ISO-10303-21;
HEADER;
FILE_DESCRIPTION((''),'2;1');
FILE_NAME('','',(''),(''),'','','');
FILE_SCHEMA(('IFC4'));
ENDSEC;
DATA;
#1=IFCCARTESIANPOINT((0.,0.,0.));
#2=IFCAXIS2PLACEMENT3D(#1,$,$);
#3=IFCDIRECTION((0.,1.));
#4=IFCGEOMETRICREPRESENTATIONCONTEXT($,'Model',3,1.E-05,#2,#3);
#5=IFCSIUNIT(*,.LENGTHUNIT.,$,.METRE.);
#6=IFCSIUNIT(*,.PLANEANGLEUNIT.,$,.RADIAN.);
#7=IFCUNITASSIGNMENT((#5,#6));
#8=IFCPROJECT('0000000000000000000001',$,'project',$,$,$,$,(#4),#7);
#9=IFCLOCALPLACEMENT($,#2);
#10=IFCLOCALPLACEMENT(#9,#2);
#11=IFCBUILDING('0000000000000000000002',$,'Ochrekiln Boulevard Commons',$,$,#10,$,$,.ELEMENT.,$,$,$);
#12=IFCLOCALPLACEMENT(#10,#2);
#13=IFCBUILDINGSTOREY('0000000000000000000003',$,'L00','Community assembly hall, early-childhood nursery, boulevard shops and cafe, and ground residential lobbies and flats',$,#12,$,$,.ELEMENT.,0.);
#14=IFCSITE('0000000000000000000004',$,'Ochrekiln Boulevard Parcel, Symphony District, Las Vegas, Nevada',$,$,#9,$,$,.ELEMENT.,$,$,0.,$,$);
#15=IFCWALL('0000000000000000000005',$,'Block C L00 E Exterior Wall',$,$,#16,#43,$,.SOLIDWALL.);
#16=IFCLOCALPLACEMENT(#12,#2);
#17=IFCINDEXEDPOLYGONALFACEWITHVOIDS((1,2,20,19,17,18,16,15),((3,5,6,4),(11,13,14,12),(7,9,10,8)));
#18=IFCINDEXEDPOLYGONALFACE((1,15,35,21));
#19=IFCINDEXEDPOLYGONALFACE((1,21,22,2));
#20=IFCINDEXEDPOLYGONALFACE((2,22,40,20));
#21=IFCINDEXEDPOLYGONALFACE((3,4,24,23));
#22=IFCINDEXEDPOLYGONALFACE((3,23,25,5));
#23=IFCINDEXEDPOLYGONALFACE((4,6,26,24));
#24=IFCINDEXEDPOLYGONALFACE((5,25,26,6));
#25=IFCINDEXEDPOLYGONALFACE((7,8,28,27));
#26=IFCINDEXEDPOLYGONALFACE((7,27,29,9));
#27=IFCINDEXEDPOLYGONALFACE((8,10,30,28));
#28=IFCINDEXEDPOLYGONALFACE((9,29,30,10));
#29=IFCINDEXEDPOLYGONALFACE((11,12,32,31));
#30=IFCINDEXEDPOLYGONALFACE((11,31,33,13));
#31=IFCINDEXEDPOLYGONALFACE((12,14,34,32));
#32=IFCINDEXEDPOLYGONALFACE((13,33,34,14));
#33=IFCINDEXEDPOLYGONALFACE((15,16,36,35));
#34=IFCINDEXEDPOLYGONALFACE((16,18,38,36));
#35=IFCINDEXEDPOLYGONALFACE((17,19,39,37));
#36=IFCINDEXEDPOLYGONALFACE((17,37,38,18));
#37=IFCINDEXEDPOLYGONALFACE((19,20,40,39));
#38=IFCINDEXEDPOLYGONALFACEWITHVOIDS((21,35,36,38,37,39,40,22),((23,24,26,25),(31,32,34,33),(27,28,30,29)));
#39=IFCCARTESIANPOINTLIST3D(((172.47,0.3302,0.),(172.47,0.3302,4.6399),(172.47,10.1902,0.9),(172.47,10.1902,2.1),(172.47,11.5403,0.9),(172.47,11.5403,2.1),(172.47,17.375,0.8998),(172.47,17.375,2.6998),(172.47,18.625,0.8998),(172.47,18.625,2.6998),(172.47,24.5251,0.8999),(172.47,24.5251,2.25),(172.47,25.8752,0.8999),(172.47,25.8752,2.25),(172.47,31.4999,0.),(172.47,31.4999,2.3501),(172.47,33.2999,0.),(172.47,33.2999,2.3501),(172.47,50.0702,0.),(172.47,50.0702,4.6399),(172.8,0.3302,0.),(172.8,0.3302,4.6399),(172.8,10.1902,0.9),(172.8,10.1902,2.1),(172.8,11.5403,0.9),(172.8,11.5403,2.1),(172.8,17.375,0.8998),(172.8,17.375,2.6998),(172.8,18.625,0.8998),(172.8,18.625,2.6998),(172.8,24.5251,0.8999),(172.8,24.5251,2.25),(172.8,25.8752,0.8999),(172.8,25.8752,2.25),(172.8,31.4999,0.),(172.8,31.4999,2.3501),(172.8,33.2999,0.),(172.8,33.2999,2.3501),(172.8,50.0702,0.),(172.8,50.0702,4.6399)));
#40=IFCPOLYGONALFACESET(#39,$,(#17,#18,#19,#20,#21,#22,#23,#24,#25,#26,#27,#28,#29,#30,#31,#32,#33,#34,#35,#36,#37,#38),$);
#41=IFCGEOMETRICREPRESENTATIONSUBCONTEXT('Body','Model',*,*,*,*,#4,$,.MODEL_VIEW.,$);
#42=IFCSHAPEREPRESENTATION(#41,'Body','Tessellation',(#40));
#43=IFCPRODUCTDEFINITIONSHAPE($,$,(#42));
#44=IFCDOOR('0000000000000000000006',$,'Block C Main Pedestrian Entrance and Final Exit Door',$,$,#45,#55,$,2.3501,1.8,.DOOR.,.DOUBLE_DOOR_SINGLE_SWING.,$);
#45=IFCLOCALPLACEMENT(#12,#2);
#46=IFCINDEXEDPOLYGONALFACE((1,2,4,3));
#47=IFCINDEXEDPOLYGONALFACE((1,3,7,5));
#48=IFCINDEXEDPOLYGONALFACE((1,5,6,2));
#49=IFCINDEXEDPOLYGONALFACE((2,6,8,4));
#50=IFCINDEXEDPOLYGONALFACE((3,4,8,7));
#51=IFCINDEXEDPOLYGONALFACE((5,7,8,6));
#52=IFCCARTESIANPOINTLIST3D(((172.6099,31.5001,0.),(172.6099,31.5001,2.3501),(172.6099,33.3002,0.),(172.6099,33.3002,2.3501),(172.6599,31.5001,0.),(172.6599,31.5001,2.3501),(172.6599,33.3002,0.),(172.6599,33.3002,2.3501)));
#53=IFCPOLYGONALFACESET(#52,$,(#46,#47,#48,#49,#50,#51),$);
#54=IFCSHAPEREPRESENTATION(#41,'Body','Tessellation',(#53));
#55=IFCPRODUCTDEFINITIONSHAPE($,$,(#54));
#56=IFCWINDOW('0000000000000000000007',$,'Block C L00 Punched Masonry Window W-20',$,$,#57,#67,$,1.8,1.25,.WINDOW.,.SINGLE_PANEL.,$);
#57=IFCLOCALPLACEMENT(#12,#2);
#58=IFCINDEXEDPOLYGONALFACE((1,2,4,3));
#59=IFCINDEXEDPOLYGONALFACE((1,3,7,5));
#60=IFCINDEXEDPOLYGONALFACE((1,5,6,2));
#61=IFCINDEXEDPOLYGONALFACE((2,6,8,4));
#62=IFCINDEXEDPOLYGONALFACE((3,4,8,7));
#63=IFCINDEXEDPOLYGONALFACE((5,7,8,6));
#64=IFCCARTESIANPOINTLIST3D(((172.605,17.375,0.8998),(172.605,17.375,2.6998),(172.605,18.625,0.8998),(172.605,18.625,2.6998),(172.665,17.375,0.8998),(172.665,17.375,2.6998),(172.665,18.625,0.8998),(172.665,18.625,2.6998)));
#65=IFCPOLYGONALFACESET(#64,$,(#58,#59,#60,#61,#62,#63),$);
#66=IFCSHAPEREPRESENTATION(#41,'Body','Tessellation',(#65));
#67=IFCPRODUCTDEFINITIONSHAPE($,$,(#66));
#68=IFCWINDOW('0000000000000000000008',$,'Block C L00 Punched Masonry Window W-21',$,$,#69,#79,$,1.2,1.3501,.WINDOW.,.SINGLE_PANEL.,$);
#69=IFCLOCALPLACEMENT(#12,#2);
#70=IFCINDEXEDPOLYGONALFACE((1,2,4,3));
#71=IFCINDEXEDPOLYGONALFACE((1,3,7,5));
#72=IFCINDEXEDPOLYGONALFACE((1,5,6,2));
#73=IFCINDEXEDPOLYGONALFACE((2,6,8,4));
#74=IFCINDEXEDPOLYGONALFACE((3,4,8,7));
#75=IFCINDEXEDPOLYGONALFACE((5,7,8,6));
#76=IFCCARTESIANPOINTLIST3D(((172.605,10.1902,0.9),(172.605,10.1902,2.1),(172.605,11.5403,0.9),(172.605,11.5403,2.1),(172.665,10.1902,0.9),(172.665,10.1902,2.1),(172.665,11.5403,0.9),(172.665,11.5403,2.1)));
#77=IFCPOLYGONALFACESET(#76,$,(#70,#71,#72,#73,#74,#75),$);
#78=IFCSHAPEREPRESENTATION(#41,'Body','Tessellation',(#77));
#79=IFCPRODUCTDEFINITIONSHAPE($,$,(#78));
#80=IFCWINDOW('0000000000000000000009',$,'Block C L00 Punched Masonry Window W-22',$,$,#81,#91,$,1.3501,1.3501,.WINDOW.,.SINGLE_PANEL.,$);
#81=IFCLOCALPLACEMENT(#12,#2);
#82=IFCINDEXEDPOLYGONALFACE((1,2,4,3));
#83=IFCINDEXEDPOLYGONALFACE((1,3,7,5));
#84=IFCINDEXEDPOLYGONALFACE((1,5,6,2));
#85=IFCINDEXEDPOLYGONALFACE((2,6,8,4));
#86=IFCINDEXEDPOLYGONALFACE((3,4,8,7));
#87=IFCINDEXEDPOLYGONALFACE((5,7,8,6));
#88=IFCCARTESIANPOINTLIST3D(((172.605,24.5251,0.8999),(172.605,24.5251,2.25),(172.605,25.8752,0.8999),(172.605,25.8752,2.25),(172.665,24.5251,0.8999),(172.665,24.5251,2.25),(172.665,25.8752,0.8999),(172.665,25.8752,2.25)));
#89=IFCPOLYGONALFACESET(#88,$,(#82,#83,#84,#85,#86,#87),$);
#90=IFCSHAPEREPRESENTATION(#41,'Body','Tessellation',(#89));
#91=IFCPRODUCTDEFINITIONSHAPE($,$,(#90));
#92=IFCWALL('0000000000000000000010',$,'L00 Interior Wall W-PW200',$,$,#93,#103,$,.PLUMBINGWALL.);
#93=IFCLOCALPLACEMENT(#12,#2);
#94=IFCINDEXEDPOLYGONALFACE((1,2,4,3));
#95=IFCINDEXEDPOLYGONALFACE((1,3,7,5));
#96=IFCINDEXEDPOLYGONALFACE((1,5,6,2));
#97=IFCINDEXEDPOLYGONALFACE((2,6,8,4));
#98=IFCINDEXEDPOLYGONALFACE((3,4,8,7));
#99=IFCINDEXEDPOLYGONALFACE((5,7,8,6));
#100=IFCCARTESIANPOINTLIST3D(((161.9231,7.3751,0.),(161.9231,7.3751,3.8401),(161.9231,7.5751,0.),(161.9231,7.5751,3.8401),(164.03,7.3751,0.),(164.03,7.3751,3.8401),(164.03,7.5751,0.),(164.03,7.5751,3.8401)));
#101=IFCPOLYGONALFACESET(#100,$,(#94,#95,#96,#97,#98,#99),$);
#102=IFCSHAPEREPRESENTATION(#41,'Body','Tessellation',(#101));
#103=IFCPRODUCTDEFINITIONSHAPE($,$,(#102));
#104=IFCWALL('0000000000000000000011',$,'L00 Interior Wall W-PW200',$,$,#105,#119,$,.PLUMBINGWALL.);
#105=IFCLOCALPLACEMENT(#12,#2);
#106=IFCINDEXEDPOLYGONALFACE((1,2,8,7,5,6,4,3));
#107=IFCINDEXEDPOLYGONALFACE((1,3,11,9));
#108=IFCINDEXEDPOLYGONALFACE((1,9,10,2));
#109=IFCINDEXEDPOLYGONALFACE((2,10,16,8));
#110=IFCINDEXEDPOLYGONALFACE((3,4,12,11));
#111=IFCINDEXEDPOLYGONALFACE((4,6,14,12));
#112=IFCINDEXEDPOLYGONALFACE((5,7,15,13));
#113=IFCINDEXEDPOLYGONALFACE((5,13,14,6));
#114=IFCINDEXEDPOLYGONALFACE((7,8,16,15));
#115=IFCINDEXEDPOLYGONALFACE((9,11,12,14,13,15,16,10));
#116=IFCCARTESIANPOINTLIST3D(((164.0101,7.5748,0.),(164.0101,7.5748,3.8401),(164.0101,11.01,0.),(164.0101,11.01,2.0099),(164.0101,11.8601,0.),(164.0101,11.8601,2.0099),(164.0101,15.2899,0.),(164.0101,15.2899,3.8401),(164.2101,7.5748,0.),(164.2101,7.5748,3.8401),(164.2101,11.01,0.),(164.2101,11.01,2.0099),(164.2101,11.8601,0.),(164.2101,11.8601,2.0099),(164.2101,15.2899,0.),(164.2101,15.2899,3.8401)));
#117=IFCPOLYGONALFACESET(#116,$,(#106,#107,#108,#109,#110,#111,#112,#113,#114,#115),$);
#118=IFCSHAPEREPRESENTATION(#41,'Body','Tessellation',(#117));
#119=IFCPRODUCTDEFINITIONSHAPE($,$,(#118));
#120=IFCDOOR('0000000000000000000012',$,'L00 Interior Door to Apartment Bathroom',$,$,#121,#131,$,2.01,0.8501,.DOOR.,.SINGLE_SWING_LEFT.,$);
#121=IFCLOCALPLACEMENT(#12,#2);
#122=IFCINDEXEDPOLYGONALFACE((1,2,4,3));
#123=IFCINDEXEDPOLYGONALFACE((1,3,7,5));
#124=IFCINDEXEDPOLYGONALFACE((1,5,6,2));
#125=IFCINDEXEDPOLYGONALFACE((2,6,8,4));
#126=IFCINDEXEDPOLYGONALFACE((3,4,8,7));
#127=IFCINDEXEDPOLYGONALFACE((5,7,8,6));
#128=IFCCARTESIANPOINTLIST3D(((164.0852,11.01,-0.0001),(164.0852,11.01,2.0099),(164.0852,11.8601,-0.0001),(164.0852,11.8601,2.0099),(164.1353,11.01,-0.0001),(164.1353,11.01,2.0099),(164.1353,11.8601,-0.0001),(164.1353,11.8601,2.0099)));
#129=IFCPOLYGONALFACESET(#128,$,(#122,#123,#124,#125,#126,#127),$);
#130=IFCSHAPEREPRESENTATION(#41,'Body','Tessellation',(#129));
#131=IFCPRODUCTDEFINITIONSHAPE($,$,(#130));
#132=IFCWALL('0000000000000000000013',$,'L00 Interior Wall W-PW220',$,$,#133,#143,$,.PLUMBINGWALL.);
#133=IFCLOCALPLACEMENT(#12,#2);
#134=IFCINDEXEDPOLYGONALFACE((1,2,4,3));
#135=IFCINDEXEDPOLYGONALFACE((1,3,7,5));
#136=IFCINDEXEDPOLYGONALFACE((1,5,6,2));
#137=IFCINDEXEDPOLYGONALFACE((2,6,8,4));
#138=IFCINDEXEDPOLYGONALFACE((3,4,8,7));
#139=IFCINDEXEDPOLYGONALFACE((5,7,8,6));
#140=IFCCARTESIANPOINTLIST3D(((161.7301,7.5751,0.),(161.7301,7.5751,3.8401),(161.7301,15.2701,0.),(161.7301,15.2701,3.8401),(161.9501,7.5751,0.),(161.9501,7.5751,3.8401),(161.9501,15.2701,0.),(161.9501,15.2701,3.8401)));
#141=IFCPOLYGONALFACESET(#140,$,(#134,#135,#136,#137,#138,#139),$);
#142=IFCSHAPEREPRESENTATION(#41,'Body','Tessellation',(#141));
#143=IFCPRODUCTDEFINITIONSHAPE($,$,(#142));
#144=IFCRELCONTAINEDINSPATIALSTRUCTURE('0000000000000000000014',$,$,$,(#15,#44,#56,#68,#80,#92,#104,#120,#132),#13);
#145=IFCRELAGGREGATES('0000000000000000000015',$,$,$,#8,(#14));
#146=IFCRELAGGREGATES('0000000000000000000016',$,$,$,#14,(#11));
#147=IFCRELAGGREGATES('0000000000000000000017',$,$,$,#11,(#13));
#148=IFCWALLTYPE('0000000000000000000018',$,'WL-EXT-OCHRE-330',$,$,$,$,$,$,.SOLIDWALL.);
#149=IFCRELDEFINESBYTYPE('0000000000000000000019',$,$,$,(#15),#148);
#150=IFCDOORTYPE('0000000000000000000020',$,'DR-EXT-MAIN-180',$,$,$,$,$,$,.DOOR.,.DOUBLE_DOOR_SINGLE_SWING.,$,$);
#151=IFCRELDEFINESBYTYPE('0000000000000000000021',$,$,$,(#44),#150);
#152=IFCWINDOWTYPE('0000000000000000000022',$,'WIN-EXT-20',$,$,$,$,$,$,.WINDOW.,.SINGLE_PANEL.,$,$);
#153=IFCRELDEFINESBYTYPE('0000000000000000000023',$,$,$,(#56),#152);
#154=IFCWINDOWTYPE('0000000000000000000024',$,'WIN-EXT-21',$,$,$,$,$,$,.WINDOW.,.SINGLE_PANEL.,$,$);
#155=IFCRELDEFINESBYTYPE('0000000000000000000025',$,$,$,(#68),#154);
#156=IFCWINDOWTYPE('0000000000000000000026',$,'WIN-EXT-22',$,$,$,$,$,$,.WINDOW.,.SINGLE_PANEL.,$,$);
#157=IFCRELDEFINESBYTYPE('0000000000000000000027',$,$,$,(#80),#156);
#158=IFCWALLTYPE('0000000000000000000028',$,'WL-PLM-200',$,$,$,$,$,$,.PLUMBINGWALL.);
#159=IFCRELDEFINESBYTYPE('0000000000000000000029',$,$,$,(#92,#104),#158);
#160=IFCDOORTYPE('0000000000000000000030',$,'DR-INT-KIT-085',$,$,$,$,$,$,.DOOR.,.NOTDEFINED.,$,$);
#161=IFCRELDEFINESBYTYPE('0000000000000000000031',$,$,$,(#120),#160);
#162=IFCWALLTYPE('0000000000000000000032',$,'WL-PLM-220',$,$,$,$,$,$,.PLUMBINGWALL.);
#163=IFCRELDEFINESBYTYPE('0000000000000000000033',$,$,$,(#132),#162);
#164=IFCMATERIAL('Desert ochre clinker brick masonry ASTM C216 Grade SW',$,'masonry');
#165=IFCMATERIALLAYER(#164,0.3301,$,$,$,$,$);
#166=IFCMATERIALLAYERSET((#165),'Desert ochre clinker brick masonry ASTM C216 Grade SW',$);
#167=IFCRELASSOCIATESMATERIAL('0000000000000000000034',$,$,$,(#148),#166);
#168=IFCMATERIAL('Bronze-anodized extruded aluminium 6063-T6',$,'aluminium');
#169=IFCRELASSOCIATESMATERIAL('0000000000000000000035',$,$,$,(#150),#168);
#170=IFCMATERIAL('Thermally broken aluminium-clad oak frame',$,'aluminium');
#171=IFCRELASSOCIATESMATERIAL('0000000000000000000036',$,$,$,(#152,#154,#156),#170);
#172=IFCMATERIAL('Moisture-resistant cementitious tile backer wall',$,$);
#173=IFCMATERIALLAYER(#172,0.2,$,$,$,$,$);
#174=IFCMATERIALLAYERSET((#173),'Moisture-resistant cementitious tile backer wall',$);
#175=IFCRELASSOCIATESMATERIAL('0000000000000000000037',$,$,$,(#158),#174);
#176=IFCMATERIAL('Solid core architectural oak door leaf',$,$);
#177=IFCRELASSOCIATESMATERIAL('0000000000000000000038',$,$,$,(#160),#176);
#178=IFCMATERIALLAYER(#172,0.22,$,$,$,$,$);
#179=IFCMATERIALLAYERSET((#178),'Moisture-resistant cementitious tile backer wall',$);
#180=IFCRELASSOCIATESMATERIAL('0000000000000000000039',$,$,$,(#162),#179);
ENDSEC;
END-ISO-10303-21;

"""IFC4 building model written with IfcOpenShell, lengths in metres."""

from ifc_helpers import new_model, si_unit, direction, frame, frame_2d, origin, place, context, subcontext, project, spatial, rectangle, extrude, material, layer, layer_set, type_object, element, fill, save


model = new_model("IFC4")

# Units and contexts
model_context = context("Model", 3, precision=1e-05, world=origin(), true_north=direction((0.0, 1.0)))
body_context = subcontext(model_context, "Body", "Model", "MODEL_VIEW")
ifc_project = project(units=[si_unit("LENGTHUNIT", "METRE"), si_unit("PLANEANGLEUNIT", "RADIAN")], contexts=[model_context])

# Site, building, storey
site_placement = place(None, origin())
site = spatial("IfcSite", under=ifc_project, at=site_placement, Name="Ochrekiln Boulevard Parcel, Symphony District, Las Vegas, Nevada", CompositionType="ELEMENT", RefElevation=0.0)
building_placement = place(site_placement, origin())
building = spatial("IfcBuilding", under=site, at=building_placement, Name="Ochrekiln Boulevard Commons", CompositionType="ELEMENT")
storey_placement = place(building_placement, origin())
storey = spatial("IfcBuildingStorey", under=building, at=storey_placement, Name="L00", Description="Community assembly hall, early-childhood nursery, boulevard shops and cafe, and ground residential lobbies and flats", CompositionType="ELEMENT", Elevation=0.0)

# Wall, openings, door, windows
ifc_material_1 = material(Name="Desert ochre clinker brick masonry ASTM C216 Grade SW", Category="masonry")
ifc_layer_1 = layer(ifc_material_1, 0.3301)
ifc_layer_set_1 = layer_set([ifc_layer_1], Name="Desert ochre clinker brick masonry ASTM C216 Grade SW")
wall_type_1 = type_object("IfcWallType", Name="WL-EXT-OCHRE-330", PredefinedType="SOLIDWALL", material=ifc_layer_set_1)
wall_1_placement = place(storey_placement, frame((172.635, 0.3301, 0.0), z_axis=(0.0, 0.0, 1.0), x_axis=(0.0, 1.0, 0.0)))
wall_1 = element("IfcWall", 1, at=wall_1_placement, inside=storey, type_object=wall_type_1, Name="Block C L00 E Exterior Wall", PredefinedType="SOLIDWALL", context=body_context, shape_type="SweptSolid", body=[
    extrude(rectangle(XDim=49.74, YDim=0.3301, at=frame_2d((24.8701, 0.0))), origin(), (0.0, 0.0, 1.0), 4.6399),
])
opening_1_placement = place(wall_1_placement, frame((31.1699, 0.0, 0.0)))
opening_1 = element("IfcOpeningElement", 2, at=opening_1_placement, cuts=wall_1, PredefinedType="OPENING", context=body_context, shape_type="SweptSolid", body=[
    extrude(rectangle(XDim=1.8, YDim=2.3501, at=frame_2d((0.8999, 1.175))), frame((0.0, 0.175, 0.0), z_axis=(0.0, -1.0, 0.0), x_axis=(1.0, 0.0, 0.0)), (0.0, 0.0, 1.0), 0.3501),
])
opening_2_placement = place(wall_1_placement, frame((17.0449, 0.0, 0.8999)))
opening_2 = element("IfcOpeningElement", 3, at=opening_2_placement, cuts=wall_1, PredefinedType="OPENING", context=body_context, shape_type="SweptSolid", body=[
    extrude(rectangle(XDim=1.25, YDim=1.8, at=frame_2d((0.625, 0.8999))), frame((0.0, 0.175, 0.0), z_axis=(0.0, -1.0, 0.0), x_axis=(1.0, 0.0, 0.0)), (0.0, 0.0, 1.0), 0.3501),
])
opening_3_placement = place(wall_1_placement, frame((9.8601, 0.0, 0.8999)))
opening_3 = element("IfcOpeningElement", 4, at=opening_3_placement, cuts=wall_1, PredefinedType="OPENING", context=body_context, shape_type="SweptSolid", body=[
    extrude(rectangle(XDim=1.3501, YDim=1.2, at=frame_2d((0.675, 0.6001))), frame((0.0, 0.175, 0.0), z_axis=(0.0, -1.0, 0.0), x_axis=(1.0, 0.0, 0.0)), (0.0, 0.0, 1.0), 0.3501),
])
opening_4_placement = place(wall_1_placement, frame((24.1951, 0.0, 0.8999)))
opening_4 = element("IfcOpeningElement", 5, at=opening_4_placement, cuts=wall_1, PredefinedType="OPENING", context=body_context, shape_type="SweptSolid", body=[
    extrude(rectangle(XDim=1.3501, YDim=1.3501, at=frame_2d((0.675, 0.675))), frame((0.0, 0.175, 0.0), z_axis=(0.0, -1.0, 0.0), x_axis=(1.0, 0.0, 0.0)), (0.0, 0.0, 1.0), 0.3501),
])
ifc_material_2 = material(Name="Bronze-anodized extruded aluminium 6063-T6", Category="aluminium")
door_type_1 = type_object("IfcDoorType", Name="DR-EXT-MAIN-180", OperationType="DOUBLE_DOOR_SINGLE_SWING", PredefinedType="DOOR", material=ifc_material_2)
door_1_placement = place(opening_1_placement, frame((1.8, 0.0, 0.0), z_axis=(0.0, 0.0, 1.0), x_axis=(-1.0, 0.0, 0.0)))
door_1 = element("IfcDoor", 6, at=door_1_placement, inside=storey, type_object=door_type_1, Name="Block C Main Pedestrian Entrance and Final Exit Door", OperationType="DOUBLE_DOOR_SINGLE_SWING", OverallHeight=2.3501, OverallWidth=1.8, PredefinedType="DOOR", context=body_context, shape_type="SweptSolid", body=[
    extrude(rectangle(XDim=1.8, YDim=2.3501, at=frame_2d((0.8999, 1.175))), frame((0.0, 0.0249, 0.0), z_axis=(0.0, -1.0, 0.0), x_axis=(1.0, 0.0, 0.0)), (0.0, 0.0, 1.0), 0.05),
])
fill(opening_1, door_1)
ifc_material_3 = material(Name="Thermally broken aluminium-clad oak frame", Category="aluminium")
window_type_1 = type_object("IfcWindowType", Name="WIN-EXT-20", PartitioningType="SINGLE_PANEL", PredefinedType="WINDOW", material=ifc_material_3)
window_1_placement = place(opening_2_placement, origin())
window_1 = element("IfcWindow", 7, at=window_1_placement, inside=storey, type_object=window_type_1, Name="Block C L00 Punched Masonry Window W-20", OverallHeight=1.8, OverallWidth=1.25, PartitioningType="SINGLE_PANEL", PredefinedType="WINDOW", context=body_context, shape_type="SweptSolid", body=[
    extrude(rectangle(XDim=1.25, YDim=1.8, at=frame_2d((0.625, 0.8999))), frame((0.0, 0.03, 0.0), z_axis=(0.0, -1.0, 0.0), x_axis=(1.0, 0.0, 0.0)), (0.0, 0.0, 1.0), 0.0601),
])
fill(opening_2, window_1)
window_type_2 = type_object("IfcWindowType", Name="WIN-EXT-21", PartitioningType="SINGLE_PANEL", PredefinedType="WINDOW", material=ifc_material_3)
window_2_placement = place(opening_3_placement, origin())
window_2 = element("IfcWindow", 8, at=window_2_placement, inside=storey, type_object=window_type_2, Name="Block C L00 Punched Masonry Window W-21", OverallHeight=1.2, OverallWidth=1.3501, PartitioningType="SINGLE_PANEL", PredefinedType="WINDOW", context=body_context, shape_type="SweptSolid", body=[
    extrude(rectangle(XDim=1.3501, YDim=1.2, at=frame_2d((0.675, 0.6001))), frame((0.0, 0.03, 0.0), z_axis=(0.0, -1.0, 0.0), x_axis=(1.0, 0.0, 0.0)), (0.0, 0.0, 1.0), 0.0601),
])
fill(opening_3, window_2)
window_type_3 = type_object("IfcWindowType", Name="WIN-EXT-22", PartitioningType="SINGLE_PANEL", PredefinedType="WINDOW", material=ifc_material_3)
window_3_placement = place(opening_4_placement, origin())
window_3 = element("IfcWindow", 9, at=window_3_placement, inside=storey, type_object=window_type_3, Name="Block C L00 Punched Masonry Window W-22", OverallHeight=1.3501, OverallWidth=1.3501, PartitioningType="SINGLE_PANEL", PredefinedType="WINDOW", context=body_context, shape_type="SweptSolid", body=[
    extrude(rectangle(XDim=1.3501, YDim=1.3501, at=frame_2d((0.675, 0.675))), frame((0.0, 0.03, 0.0), z_axis=(0.0, -1.0, 0.0), x_axis=(1.0, 0.0, 0.0)), (0.0, 0.0, 1.0), 0.0601),
])
fill(opening_4, window_3)

# Wall
ifc_material_4 = material(Name="Moisture-resistant cementitious tile backer wall")
ifc_layer_2 = layer(ifc_material_4, 0.2)
ifc_layer_set_2 = layer_set([ifc_layer_2], Name="Moisture-resistant cementitious tile backer wall")
wall_type_2 = type_object("IfcWallType", Name="WL-PLM-200", PredefinedType="PLUMBINGWALL", material=ifc_layer_set_2)
wall_2_placement = place(storey_placement, frame((161.9231, 7.4751, 0.0), z_axis=(0.0, 0.0, 1.0), x_axis=(1.0, 0.0, 0.0)))
element("IfcWall", 10, at=wall_2_placement, inside=storey, type_object=wall_type_2, Name="L00 Interior Wall W-PW200", PredefinedType="PLUMBINGWALL", context=body_context, shape_type="SweptSolid", body=[
    extrude(rectangle(XDim=2.1069, YDim=0.2, at=frame_2d((1.0535, 0.0))), origin(), (0.0, 0.0, 1.0), 3.8401),
])

# Wall, opening, door
wall_3_placement = place(storey_placement, frame((164.1101, 7.575, 0.0), z_axis=(0.0, 0.0, 1.0), x_axis=(0.0, 1.0, 0.0)))
wall_3 = element("IfcWall", 11, at=wall_3_placement, inside=storey, type_object=wall_type_2, Name="L00 Interior Wall W-PW200", PredefinedType="PLUMBINGWALL", context=body_context, shape_type="SweptSolid", body=[
    extrude(rectangle(XDim=7.7151, YDim=0.2, at=frame_2d((3.8574, 0.0))), origin(), (0.0, 0.0, 1.0), 3.8401),
])
opening_5_placement = place(wall_3_placement, frame((3.4351, 0.0, 0.0)))
opening_5 = element("IfcOpeningElement", 12, at=opening_5_placement, cuts=wall_3, PredefinedType="OPENING", context=body_context, shape_type="SweptSolid", body=[
    extrude(rectangle(XDim=0.8501, YDim=2.01, at=frame_2d((0.425, 1.0049))), frame((0.0, 0.1099, 0.0), z_axis=(0.0, -1.0, 0.0), x_axis=(1.0, 0.0, 0.0)), (0.0, 0.0, 1.0), 0.22),
])
ifc_material_5 = material(Name="Solid core architectural oak door leaf")
door_type_2 = type_object("IfcDoorType", Name="DR-INT-KIT-085", OperationType="NOTDEFINED", PredefinedType="DOOR", material=ifc_material_5)
door_2_placement = place(opening_5_placement, origin())
door_2 = element("IfcDoor", 13, at=door_2_placement, inside=storey, type_object=door_type_2, Name="L00 Interior Door to Apartment Bathroom", OperationType="SINGLE_SWING_LEFT", OverallHeight=2.01, OverallWidth=0.8501, PredefinedType="DOOR", context=body_context, shape_type="SweptSolid", body=[
    extrude(rectangle(XDim=0.8501, YDim=2.01, at=frame_2d((0.425, 1.0049))), frame((0.0, 0.0249, 0.0), z_axis=(0.0, -1.0, 0.0), x_axis=(1.0, 0.0, 0.0)), (0.0, 0.0, 1.0), 0.05),
])
fill(opening_5, door_2)

# Wall
ifc_layer_3 = layer(ifc_material_4, 0.22)
ifc_layer_set_3 = layer_set([ifc_layer_3], Name="Moisture-resistant cementitious tile backer wall")
wall_type_3 = type_object("IfcWallType", Name="WL-PLM-220", PredefinedType="PLUMBINGWALL", material=ifc_layer_set_3)
wall_4_placement = place(storey_placement, frame((161.8401, 7.575, 0.0), z_axis=(0.0, 0.0, 1.0), x_axis=(0.0, 1.0, 0.0)))
element("IfcWall", 14, at=wall_4_placement, inside=storey, type_object=wall_type_3, Name="L00 Interior Wall W-PW220", PredefinedType="PLUMBINGWALL", context=body_context, shape_type="SweptSolid", body=[
    extrude(rectangle(XDim=7.6951, YDim=0.22, at=frame_2d((3.8477, 0.0))), origin(), (0.0, 0.0, 1.0), 3.8401),
])

save(model, "model.ifc")
